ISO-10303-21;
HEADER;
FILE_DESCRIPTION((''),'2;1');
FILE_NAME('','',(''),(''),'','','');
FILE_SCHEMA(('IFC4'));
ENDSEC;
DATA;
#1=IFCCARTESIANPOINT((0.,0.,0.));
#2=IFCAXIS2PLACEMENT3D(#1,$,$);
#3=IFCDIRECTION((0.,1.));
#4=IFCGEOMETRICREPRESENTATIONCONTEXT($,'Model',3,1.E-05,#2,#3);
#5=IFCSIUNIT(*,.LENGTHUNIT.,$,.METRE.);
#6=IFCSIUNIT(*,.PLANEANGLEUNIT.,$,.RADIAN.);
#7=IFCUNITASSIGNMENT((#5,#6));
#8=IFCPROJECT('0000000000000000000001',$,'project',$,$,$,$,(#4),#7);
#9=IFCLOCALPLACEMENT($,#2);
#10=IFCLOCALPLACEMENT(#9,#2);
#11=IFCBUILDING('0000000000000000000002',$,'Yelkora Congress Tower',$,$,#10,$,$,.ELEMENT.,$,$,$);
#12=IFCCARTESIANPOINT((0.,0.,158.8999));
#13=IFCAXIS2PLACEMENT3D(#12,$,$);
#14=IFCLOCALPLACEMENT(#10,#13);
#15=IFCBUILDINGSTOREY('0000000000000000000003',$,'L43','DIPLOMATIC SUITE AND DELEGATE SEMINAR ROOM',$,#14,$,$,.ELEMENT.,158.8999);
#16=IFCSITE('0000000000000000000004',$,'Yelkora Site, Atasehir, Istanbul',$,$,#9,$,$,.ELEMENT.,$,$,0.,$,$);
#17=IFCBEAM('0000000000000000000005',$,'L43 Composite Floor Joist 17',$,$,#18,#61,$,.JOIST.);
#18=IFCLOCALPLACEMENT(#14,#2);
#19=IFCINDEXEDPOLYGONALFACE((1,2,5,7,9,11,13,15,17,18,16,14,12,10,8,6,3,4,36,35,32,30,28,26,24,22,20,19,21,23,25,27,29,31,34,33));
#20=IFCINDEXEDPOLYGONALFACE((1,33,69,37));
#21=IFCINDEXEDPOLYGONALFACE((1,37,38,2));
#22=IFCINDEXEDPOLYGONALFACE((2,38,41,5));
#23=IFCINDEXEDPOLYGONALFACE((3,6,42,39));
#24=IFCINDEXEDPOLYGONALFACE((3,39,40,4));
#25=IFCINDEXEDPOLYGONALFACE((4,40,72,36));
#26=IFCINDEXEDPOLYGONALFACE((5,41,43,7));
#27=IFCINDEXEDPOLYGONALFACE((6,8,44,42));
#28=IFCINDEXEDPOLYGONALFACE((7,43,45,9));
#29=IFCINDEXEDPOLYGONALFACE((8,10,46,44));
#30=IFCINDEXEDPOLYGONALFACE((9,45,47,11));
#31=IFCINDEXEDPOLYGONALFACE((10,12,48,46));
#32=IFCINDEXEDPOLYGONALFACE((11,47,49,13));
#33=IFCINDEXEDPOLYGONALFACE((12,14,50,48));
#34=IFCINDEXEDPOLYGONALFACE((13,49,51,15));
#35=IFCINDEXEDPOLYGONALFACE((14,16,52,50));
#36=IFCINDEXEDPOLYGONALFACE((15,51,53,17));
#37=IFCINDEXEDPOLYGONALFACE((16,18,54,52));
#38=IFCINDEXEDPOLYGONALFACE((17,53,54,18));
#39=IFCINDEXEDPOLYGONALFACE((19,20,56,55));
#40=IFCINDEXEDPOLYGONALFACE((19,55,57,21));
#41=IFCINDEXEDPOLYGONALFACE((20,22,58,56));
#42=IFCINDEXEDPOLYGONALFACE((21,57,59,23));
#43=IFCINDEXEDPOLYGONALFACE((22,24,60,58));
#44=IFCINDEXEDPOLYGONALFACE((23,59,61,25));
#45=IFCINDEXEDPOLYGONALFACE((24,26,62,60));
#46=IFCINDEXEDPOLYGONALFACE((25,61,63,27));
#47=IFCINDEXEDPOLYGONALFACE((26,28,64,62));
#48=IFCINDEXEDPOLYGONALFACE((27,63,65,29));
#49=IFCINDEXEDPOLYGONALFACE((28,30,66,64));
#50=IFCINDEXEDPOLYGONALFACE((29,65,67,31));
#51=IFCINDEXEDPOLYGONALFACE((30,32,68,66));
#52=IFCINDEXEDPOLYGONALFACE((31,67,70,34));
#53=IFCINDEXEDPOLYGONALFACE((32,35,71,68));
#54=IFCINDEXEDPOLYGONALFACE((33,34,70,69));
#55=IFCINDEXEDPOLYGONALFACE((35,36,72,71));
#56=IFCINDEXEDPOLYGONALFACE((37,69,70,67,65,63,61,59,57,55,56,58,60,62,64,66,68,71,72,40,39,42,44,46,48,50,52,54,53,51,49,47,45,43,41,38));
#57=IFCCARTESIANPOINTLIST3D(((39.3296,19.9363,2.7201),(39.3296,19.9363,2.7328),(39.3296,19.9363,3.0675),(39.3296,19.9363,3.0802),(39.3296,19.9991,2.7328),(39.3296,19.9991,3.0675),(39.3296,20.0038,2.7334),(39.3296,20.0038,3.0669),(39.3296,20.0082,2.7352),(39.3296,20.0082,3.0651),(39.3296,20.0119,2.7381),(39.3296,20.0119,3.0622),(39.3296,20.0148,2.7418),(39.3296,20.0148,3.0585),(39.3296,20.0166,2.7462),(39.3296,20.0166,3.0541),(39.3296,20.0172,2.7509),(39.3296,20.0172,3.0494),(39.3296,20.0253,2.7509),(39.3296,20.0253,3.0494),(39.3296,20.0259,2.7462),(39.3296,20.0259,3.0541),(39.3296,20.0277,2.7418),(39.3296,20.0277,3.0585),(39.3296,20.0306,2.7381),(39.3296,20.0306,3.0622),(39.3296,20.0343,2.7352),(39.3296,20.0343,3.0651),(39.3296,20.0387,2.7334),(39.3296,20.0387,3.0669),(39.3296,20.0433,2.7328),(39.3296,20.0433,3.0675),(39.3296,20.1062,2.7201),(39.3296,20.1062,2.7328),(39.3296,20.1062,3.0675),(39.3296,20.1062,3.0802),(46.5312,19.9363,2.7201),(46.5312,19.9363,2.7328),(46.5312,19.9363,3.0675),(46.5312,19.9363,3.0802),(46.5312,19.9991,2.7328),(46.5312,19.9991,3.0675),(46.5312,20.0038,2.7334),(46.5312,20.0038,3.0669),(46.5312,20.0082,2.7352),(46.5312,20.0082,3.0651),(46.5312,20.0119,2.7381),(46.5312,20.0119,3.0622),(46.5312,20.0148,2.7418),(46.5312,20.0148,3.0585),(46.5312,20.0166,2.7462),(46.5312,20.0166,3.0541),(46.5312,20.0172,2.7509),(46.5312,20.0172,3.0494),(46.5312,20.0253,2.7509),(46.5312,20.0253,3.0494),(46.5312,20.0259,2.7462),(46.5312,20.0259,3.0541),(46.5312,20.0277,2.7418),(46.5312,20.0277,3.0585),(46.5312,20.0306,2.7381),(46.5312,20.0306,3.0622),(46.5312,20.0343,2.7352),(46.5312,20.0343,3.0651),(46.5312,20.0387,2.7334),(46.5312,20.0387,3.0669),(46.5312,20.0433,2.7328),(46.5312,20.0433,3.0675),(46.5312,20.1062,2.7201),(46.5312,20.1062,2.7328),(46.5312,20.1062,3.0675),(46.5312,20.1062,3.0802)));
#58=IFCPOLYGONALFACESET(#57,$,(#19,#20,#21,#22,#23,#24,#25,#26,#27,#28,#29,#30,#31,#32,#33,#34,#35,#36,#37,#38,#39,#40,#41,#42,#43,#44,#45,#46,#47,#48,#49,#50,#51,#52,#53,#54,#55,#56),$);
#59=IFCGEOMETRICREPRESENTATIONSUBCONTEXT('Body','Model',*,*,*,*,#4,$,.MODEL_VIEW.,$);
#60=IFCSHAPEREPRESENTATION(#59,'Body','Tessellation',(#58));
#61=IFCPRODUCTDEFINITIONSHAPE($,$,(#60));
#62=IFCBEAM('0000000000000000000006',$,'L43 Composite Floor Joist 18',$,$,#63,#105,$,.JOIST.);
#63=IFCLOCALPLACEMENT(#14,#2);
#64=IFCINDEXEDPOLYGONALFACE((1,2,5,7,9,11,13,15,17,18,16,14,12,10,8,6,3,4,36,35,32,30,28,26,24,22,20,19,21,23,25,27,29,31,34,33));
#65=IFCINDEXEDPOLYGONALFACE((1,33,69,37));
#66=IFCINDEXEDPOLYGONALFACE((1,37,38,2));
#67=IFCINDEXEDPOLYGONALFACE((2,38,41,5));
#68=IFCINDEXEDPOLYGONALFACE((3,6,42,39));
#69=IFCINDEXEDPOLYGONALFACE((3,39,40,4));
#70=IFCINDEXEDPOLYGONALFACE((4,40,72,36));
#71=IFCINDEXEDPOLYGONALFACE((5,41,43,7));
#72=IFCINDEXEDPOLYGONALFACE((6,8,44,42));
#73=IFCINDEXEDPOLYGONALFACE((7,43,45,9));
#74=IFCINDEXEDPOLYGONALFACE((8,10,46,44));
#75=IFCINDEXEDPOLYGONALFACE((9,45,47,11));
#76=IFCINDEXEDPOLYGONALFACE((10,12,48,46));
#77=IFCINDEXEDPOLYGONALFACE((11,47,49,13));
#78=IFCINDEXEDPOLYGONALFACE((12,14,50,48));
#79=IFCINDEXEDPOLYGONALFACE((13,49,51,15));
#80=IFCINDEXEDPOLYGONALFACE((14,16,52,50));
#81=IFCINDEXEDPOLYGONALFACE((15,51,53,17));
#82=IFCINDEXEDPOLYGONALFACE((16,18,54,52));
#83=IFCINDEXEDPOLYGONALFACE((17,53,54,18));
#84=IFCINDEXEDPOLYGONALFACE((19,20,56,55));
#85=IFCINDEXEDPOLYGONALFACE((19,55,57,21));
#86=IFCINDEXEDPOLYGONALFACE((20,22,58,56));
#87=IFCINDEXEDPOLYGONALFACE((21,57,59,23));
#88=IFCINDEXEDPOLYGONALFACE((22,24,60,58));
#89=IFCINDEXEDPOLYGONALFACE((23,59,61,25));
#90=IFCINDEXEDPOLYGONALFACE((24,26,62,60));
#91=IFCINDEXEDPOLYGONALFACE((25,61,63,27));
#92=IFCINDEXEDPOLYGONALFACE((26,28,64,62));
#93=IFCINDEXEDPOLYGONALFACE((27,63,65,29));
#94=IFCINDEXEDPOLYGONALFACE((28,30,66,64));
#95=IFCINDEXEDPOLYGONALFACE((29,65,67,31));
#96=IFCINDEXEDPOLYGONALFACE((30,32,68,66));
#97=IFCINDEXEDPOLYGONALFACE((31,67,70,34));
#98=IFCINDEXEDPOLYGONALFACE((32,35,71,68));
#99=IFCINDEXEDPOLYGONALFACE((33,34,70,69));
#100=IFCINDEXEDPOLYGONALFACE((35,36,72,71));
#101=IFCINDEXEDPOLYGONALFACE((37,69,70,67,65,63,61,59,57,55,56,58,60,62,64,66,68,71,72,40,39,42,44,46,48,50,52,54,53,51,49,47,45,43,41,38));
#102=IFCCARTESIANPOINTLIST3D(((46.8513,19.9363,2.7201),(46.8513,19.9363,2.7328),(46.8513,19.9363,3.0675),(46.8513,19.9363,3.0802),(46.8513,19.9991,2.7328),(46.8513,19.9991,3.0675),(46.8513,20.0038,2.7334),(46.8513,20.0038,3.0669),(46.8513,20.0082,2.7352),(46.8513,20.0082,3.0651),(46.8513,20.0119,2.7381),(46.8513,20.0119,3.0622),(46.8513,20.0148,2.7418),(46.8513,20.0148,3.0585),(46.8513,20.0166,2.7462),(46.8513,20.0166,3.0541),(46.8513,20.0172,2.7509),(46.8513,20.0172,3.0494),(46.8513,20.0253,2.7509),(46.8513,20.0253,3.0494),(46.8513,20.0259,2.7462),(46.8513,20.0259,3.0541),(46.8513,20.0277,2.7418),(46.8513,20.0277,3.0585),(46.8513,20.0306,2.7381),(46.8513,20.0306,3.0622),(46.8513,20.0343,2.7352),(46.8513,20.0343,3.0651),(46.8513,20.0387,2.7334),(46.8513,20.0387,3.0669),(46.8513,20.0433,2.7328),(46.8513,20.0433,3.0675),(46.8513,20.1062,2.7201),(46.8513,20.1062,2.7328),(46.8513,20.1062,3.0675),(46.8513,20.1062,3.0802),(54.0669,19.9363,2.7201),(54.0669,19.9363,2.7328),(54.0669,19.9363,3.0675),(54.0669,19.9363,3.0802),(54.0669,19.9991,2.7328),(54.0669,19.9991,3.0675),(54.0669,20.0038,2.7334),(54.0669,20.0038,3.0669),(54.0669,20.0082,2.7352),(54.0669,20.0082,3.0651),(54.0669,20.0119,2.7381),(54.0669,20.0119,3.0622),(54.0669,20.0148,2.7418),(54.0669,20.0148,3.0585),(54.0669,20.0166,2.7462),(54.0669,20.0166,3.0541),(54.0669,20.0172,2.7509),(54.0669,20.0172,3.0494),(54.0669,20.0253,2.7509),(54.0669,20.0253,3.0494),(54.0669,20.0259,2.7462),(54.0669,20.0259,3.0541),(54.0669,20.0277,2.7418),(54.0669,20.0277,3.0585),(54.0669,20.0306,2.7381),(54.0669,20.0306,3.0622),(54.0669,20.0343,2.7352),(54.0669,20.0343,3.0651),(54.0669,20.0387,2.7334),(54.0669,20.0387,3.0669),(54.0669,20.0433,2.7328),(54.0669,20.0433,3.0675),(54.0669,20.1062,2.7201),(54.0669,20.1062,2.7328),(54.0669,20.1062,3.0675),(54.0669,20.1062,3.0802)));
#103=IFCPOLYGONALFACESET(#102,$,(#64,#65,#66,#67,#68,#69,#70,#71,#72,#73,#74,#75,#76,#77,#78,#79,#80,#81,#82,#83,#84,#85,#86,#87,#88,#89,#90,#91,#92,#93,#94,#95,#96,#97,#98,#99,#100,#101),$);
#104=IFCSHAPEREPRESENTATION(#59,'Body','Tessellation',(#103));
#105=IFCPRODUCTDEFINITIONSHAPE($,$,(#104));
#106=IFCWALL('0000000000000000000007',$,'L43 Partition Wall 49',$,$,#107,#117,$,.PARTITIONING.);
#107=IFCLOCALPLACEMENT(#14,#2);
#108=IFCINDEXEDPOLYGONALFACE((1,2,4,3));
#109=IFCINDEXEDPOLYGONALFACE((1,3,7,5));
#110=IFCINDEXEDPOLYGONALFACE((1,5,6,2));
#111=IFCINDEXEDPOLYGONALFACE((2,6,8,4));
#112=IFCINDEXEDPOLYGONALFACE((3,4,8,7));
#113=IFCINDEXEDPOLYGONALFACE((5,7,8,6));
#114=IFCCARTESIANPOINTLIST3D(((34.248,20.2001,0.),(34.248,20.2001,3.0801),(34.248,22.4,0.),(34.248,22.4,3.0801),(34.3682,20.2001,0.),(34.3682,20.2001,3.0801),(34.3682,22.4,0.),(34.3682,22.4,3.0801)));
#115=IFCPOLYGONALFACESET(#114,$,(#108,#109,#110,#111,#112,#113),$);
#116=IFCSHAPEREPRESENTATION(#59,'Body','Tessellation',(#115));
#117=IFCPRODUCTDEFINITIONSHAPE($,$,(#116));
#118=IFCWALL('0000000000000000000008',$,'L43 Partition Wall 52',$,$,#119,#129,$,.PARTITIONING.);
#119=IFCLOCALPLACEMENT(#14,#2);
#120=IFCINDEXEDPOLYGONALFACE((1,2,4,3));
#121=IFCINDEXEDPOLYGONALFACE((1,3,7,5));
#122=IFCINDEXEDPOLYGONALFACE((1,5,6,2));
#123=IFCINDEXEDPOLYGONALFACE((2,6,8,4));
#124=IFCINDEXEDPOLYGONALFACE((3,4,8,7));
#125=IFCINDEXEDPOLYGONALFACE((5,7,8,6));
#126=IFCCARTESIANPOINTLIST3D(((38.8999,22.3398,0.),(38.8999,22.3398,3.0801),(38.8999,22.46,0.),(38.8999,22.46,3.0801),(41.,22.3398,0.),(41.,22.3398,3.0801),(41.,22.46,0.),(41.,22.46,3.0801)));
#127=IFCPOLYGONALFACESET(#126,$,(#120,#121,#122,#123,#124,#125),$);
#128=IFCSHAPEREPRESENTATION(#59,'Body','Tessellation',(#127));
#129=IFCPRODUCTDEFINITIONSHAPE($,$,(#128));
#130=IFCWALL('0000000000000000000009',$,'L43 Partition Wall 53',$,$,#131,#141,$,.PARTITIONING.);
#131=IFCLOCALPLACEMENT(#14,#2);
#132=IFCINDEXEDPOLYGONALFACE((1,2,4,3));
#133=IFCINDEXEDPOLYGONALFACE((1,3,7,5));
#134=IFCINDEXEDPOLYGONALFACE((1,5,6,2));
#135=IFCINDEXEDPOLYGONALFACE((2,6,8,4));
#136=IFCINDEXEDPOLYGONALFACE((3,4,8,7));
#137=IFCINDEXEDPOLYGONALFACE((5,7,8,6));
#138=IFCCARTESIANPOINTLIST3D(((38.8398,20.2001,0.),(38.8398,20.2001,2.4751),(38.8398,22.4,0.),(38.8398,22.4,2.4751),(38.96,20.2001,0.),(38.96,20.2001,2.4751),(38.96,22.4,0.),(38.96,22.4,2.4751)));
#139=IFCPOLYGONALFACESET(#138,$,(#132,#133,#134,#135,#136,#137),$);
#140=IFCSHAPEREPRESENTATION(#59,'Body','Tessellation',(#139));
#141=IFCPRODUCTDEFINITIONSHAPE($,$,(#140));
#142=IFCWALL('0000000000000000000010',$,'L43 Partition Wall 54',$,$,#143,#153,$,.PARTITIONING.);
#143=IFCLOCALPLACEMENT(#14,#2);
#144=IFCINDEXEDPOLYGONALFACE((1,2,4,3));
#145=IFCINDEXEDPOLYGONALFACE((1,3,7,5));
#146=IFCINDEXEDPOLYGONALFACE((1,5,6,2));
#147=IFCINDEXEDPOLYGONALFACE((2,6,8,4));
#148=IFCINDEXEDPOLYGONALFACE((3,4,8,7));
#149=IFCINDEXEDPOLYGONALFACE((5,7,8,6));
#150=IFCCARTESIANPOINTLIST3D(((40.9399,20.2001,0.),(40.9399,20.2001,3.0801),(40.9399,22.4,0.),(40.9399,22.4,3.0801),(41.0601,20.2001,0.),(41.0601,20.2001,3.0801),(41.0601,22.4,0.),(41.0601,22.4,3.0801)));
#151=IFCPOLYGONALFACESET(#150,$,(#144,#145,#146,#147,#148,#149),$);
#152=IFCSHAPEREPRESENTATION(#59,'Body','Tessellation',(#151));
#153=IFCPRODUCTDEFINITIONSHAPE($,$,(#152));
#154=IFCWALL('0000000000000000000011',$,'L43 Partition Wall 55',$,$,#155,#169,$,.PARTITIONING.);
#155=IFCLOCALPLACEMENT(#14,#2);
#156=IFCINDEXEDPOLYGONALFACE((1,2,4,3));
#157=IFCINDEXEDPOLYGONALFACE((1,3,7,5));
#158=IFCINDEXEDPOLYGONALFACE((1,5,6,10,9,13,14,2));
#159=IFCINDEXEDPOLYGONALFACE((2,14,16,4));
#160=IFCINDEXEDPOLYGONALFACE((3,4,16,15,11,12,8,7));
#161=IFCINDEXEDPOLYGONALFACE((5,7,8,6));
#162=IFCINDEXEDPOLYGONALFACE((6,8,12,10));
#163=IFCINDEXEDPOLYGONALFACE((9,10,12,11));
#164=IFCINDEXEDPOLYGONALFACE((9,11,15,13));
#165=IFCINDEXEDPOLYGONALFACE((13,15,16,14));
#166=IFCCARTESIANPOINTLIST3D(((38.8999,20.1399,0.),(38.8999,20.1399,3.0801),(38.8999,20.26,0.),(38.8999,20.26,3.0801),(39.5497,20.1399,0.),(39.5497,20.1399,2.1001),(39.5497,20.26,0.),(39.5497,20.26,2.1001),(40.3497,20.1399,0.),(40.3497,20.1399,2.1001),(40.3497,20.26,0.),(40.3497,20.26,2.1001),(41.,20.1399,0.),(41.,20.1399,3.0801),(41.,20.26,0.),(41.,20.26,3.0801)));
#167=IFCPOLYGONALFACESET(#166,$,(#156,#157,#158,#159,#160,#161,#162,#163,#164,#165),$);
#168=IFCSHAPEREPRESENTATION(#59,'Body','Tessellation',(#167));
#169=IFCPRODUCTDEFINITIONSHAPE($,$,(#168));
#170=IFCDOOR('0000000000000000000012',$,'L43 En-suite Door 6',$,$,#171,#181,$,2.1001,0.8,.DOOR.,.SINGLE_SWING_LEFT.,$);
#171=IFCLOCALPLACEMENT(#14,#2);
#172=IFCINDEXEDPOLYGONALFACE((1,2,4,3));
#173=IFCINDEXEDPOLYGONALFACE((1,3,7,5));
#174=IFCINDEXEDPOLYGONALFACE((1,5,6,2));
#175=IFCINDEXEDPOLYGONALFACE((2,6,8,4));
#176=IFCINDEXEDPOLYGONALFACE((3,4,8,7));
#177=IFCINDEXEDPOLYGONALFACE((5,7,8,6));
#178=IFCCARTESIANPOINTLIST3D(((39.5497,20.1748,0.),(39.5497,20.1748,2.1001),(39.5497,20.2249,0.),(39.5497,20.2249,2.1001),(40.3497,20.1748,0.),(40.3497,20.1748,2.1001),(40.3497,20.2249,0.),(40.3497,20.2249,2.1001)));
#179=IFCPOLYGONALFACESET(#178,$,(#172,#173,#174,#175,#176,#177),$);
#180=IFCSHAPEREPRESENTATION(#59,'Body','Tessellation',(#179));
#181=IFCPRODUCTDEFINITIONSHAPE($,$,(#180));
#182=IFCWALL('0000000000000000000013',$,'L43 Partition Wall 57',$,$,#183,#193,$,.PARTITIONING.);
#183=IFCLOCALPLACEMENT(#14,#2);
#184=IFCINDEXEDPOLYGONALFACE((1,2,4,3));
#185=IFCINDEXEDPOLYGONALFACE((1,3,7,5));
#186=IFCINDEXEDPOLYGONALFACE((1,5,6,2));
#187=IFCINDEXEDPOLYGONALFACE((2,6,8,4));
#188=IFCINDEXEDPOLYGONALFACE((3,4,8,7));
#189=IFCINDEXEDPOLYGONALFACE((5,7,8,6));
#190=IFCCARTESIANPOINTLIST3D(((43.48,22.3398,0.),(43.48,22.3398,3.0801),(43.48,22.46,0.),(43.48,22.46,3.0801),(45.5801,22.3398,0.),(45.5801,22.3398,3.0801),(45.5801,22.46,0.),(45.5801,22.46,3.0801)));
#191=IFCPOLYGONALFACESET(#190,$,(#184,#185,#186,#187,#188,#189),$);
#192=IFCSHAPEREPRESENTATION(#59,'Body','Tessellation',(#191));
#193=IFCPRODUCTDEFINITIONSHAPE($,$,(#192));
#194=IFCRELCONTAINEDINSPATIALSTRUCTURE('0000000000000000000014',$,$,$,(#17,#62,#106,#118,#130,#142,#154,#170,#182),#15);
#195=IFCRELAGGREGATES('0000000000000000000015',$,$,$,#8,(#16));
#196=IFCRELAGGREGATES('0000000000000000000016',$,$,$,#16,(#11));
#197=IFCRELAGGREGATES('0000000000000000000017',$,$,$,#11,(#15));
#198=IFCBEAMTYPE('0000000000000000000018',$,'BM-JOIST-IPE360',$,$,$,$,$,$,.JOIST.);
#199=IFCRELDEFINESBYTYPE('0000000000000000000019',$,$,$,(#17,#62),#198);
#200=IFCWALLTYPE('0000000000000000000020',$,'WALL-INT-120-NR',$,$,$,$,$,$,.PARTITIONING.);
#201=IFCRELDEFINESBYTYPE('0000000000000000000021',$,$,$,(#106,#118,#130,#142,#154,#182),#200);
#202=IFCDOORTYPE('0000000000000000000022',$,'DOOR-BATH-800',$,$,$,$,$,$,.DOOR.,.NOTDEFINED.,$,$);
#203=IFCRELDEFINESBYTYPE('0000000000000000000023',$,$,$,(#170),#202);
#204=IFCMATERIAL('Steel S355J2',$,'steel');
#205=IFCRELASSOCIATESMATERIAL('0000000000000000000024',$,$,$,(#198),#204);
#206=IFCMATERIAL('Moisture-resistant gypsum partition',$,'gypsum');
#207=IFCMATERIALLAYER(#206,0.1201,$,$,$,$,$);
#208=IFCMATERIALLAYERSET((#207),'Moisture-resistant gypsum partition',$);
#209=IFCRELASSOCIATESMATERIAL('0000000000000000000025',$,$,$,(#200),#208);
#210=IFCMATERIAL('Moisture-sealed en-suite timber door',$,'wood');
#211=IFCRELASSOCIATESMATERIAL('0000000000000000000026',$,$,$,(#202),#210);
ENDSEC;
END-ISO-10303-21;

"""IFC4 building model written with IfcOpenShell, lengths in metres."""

from ifc_helpers import new_model, si_unit, direction, frame, frame_2d, origin, origin_2d, place, context, subcontext, project, spatial, rectangle, i_section, extrude, material, layer, layer_set, material_profile, profile_set, type_object, element, fill, save


model = new_model("IFC4")

# Units and contexts
model_context = context("Model", 3, precision=1e-05, world=origin(), true_north=direction((0.0, 1.0)))
body_context = subcontext(model_context, "Body", "Model", "MODEL_VIEW")
ifc_project = project(units=[si_unit("LENGTHUNIT", "METRE"), si_unit("PLANEANGLEUNIT", "RADIAN")], contexts=[model_context])

# Site, building, storey
site_placement = place(None, origin())
site = spatial("IfcSite", under=ifc_project, at=site_placement, Name="Yelkora Site, Atasehir, Istanbul", CompositionType="ELEMENT", RefElevation=0.0)
building_placement = place(site_placement, origin())
building = spatial("IfcBuilding", under=site, at=building_placement, Name="Yelkora Congress Tower", CompositionType="ELEMENT")
storey_placement = place(building_placement, frame((0.0, 0.0, 158.8999)))
storey = spatial("IfcBuildingStorey", under=building, at=storey_placement, Name="L43", Description="DIPLOMATIC SUITE AND DELEGATE SEMINAR ROOM", CompositionType="ELEMENT", Elevation=158.8999)

# Beams
ifc_material_1 = material(Name="Steel S355J2", Category="steel")
ifc_material_profile_1 = material_profile(ifc_material_1, i_section(OverallWidth=0.1699, OverallDepth=0.3601, WebThickness=0.0081, FlangeThickness=0.0127, FilletRadius=0.0181, at=origin_2d()), Name="IPE 360")
ifc_profile_set_1 = profile_set([ifc_material_profile_1], Name="Steel S355J2")
beam_type_1 = type_object("IfcBeamType", Name="BM-JOIST-IPE360", PredefinedType="JOIST", material=ifc_profile_set_1)
beam_1_placement = place(storey_placement, frame((39.3296, 20.0212, 2.9001), z_axis=(1.0, 0.0, 0.0), x_axis=(0.0, 1.0, 0.0)))
element("IfcBeam", 1, at=beam_1_placement, inside=storey, type_object=beam_type_1, Name="L43 Composite Floor Joist 17", PredefinedType="JOIST", context=body_context, shape_type="SweptSolid", body=[
    extrude(i_section(OverallWidth=0.1699, OverallDepth=0.3601, WebThickness=0.0081, FlangeThickness=0.0127, FilletRadius=0.0181, at=origin_2d()), origin(), (0.0, 0.0, 1.0), 7.2017),
])
beam_2_placement = place(storey_placement, frame((46.8513, 20.0212, 2.9001), z_axis=(1.0, 0.0, 0.0), x_axis=(0.0, 1.0, 0.0)))
element("IfcBeam", 2, at=beam_2_placement, inside=storey, type_object=beam_type_1, Name="L43 Composite Floor Joist 18", PredefinedType="JOIST", context=body_context, shape_type="SweptSolid", body=[
    extrude(i_section(OverallWidth=0.1699, OverallDepth=0.3601, WebThickness=0.0081, FlangeThickness=0.0127, FilletRadius=0.0181, at=origin_2d()), origin(), (0.0, 0.0, 1.0), 7.2156),
])

# Walls
ifc_material_2 = material(Name="Moisture-resistant gypsum partition", Category="gypsum")
ifc_layer_1 = layer(ifc_material_2, 0.1201)
ifc_layer_set_1 = layer_set([ifc_layer_1], Name="Moisture-resistant gypsum partition")
wall_type_1 = type_object("IfcWallType", Name="WALL-INT-120-NR", PredefinedType="PARTITIONING", material=ifc_layer_set_1)
wall_1_placement = place(storey_placement, frame((34.3081, 20.2, 0.0), z_axis=(0.0, 0.0, 1.0), x_axis=(0.0, 1.0, 0.0)))
element("IfcWall", 3, at=wall_1_placement, inside=storey, type_object=wall_type_1, Name="L43 Partition Wall 49", PredefinedType="PARTITIONING", context=body_context, shape_type="SweptSolid", body=[
    extrude(rectangle(XDim=2.2, YDim=0.1201, at=frame_2d((1.1001, 0.0))), origin(), (0.0, 0.0, 1.0), 3.0801),
])
wall_2_placement = place(storey_placement, frame((38.8999, 22.3999, 0.0), z_axis=(0.0, 0.0, 1.0), x_axis=(1.0, 0.0, 0.0)))
element("IfcWall", 4, at=wall_2_placement, inside=storey, type_object=wall_type_1, Name="L43 Partition Wall 52", PredefinedType="PARTITIONING", context=body_context, shape_type="SweptSolid", body=[
    extrude(rectangle(XDim=2.1001, YDim=0.1201, at=frame_2d((1.05, 0.0))), origin(), (0.0, 0.0, 1.0), 3.0801),
])
wall_3_placement = place(storey_placement, frame((38.8999, 20.2, 0.0), z_axis=(0.0, 0.0, 1.0), x_axis=(0.0, 1.0, 0.0)))
element("IfcWall", 5, at=wall_3_placement, inside=storey, type_object=wall_type_1, Name="L43 Partition Wall 53", PredefinedType="PARTITIONING", context=body_context, shape_type="SweptSolid", body=[
    extrude(rectangle(XDim=2.2, YDim=0.1201, at=frame_2d((1.1001, 0.0))), origin(), (0.0, 0.0, 1.0), 2.4751),
])
wall_4_placement = place(storey_placement, frame((41.0, 20.2, 0.0), z_axis=(0.0, 0.0, 1.0), x_axis=(0.0, 1.0, 0.0)))
element("IfcWall", 6, at=wall_4_placement, inside=storey, type_object=wall_type_1, Name="L43 Partition Wall 54", PredefinedType="PARTITIONING", context=body_context, shape_type="SweptSolid", body=[
    extrude(rectangle(XDim=2.2, YDim=0.1201, at=frame_2d((1.1001, 0.0))), origin(), (0.0, 0.0, 1.0), 3.0801),
])

# Wall, opening, door
wall_5_placement = place(storey_placement, frame((38.8999, 20.2, 0.0), z_axis=(0.0, 0.0, 1.0), x_axis=(1.0, 0.0, 0.0)))
wall_5 = element("IfcWall", 7, at=wall_5_placement, inside=storey, type_object=wall_type_1, Name="L43 Partition Wall 55", PredefinedType="PARTITIONING", context=body_context, shape_type="SweptSolid", body=[
    extrude(rectangle(XDim=2.1001, YDim=0.1201, at=frame_2d((1.05, 0.0))), origin(), (0.0, 0.0, 1.0), 3.0801),
])
opening_1_placement = place(wall_5_placement, frame((0.6499, 0.0, 0.0)))
opening_1 = element("IfcOpeningElement", 8, at=opening_1_placement, cuts=wall_5, PredefinedType="OPENING", context=body_context, shape_type="SweptSolid", body=[
    extrude(rectangle(XDim=0.8, YDim=2.1001, at=frame_2d((0.3999, 1.05))), frame((0.0, 0.0701, 0.0), z_axis=(0.0, -1.0, 0.0), x_axis=(1.0, 0.0, 0.0)), (0.0, 0.0, 1.0), 0.1401),
])
ifc_material_3 = material(Name="Moisture-sealed en-suite timber door", Category="wood")
door_type = type_object("IfcDoorType", Name="DOOR-BATH-800", OperationType="NOTDEFINED", PredefinedType="DOOR", material=ifc_material_3)
door_1_placement = place(opening_1_placement, origin())
door_1 = element("IfcDoor", 9, at=door_1_placement, inside=storey, type_object=door_type, Name="L43 En-suite Door 6", OperationType="SINGLE_SWING_LEFT", OverallHeight=2.1001, OverallWidth=0.8, PredefinedType="DOOR", context=body_context, shape_type="SweptSolid", body=[
    extrude(rectangle(XDim=0.8, YDim=2.1001, at=frame_2d((0.3999, 1.05))), frame((0.0, 0.0249, 0.0), z_axis=(0.0, -1.0, 0.0), x_axis=(1.0, 0.0, 0.0)), (0.0, 0.0, 1.0), 0.05),
])
fill(opening_1, door_1)

# Wall
wall_6_placement = place(storey_placement, frame((43.48, 22.3999, 0.0), z_axis=(0.0, 0.0, 1.0), x_axis=(1.0, 0.0, 0.0)))
element("IfcWall", 10, at=wall_6_placement, inside=storey, type_object=wall_type_1, Name="L43 Partition Wall 57", PredefinedType="PARTITIONING", context=body_context, shape_type="SweptSolid", body=[
    extrude(rectangle(XDim=2.1001, YDim=0.1201, at=frame_2d((1.05, 0.0))), origin(), (0.0, 0.0, 1.0), 3.0801),
])

save(model, "model.ifc")
